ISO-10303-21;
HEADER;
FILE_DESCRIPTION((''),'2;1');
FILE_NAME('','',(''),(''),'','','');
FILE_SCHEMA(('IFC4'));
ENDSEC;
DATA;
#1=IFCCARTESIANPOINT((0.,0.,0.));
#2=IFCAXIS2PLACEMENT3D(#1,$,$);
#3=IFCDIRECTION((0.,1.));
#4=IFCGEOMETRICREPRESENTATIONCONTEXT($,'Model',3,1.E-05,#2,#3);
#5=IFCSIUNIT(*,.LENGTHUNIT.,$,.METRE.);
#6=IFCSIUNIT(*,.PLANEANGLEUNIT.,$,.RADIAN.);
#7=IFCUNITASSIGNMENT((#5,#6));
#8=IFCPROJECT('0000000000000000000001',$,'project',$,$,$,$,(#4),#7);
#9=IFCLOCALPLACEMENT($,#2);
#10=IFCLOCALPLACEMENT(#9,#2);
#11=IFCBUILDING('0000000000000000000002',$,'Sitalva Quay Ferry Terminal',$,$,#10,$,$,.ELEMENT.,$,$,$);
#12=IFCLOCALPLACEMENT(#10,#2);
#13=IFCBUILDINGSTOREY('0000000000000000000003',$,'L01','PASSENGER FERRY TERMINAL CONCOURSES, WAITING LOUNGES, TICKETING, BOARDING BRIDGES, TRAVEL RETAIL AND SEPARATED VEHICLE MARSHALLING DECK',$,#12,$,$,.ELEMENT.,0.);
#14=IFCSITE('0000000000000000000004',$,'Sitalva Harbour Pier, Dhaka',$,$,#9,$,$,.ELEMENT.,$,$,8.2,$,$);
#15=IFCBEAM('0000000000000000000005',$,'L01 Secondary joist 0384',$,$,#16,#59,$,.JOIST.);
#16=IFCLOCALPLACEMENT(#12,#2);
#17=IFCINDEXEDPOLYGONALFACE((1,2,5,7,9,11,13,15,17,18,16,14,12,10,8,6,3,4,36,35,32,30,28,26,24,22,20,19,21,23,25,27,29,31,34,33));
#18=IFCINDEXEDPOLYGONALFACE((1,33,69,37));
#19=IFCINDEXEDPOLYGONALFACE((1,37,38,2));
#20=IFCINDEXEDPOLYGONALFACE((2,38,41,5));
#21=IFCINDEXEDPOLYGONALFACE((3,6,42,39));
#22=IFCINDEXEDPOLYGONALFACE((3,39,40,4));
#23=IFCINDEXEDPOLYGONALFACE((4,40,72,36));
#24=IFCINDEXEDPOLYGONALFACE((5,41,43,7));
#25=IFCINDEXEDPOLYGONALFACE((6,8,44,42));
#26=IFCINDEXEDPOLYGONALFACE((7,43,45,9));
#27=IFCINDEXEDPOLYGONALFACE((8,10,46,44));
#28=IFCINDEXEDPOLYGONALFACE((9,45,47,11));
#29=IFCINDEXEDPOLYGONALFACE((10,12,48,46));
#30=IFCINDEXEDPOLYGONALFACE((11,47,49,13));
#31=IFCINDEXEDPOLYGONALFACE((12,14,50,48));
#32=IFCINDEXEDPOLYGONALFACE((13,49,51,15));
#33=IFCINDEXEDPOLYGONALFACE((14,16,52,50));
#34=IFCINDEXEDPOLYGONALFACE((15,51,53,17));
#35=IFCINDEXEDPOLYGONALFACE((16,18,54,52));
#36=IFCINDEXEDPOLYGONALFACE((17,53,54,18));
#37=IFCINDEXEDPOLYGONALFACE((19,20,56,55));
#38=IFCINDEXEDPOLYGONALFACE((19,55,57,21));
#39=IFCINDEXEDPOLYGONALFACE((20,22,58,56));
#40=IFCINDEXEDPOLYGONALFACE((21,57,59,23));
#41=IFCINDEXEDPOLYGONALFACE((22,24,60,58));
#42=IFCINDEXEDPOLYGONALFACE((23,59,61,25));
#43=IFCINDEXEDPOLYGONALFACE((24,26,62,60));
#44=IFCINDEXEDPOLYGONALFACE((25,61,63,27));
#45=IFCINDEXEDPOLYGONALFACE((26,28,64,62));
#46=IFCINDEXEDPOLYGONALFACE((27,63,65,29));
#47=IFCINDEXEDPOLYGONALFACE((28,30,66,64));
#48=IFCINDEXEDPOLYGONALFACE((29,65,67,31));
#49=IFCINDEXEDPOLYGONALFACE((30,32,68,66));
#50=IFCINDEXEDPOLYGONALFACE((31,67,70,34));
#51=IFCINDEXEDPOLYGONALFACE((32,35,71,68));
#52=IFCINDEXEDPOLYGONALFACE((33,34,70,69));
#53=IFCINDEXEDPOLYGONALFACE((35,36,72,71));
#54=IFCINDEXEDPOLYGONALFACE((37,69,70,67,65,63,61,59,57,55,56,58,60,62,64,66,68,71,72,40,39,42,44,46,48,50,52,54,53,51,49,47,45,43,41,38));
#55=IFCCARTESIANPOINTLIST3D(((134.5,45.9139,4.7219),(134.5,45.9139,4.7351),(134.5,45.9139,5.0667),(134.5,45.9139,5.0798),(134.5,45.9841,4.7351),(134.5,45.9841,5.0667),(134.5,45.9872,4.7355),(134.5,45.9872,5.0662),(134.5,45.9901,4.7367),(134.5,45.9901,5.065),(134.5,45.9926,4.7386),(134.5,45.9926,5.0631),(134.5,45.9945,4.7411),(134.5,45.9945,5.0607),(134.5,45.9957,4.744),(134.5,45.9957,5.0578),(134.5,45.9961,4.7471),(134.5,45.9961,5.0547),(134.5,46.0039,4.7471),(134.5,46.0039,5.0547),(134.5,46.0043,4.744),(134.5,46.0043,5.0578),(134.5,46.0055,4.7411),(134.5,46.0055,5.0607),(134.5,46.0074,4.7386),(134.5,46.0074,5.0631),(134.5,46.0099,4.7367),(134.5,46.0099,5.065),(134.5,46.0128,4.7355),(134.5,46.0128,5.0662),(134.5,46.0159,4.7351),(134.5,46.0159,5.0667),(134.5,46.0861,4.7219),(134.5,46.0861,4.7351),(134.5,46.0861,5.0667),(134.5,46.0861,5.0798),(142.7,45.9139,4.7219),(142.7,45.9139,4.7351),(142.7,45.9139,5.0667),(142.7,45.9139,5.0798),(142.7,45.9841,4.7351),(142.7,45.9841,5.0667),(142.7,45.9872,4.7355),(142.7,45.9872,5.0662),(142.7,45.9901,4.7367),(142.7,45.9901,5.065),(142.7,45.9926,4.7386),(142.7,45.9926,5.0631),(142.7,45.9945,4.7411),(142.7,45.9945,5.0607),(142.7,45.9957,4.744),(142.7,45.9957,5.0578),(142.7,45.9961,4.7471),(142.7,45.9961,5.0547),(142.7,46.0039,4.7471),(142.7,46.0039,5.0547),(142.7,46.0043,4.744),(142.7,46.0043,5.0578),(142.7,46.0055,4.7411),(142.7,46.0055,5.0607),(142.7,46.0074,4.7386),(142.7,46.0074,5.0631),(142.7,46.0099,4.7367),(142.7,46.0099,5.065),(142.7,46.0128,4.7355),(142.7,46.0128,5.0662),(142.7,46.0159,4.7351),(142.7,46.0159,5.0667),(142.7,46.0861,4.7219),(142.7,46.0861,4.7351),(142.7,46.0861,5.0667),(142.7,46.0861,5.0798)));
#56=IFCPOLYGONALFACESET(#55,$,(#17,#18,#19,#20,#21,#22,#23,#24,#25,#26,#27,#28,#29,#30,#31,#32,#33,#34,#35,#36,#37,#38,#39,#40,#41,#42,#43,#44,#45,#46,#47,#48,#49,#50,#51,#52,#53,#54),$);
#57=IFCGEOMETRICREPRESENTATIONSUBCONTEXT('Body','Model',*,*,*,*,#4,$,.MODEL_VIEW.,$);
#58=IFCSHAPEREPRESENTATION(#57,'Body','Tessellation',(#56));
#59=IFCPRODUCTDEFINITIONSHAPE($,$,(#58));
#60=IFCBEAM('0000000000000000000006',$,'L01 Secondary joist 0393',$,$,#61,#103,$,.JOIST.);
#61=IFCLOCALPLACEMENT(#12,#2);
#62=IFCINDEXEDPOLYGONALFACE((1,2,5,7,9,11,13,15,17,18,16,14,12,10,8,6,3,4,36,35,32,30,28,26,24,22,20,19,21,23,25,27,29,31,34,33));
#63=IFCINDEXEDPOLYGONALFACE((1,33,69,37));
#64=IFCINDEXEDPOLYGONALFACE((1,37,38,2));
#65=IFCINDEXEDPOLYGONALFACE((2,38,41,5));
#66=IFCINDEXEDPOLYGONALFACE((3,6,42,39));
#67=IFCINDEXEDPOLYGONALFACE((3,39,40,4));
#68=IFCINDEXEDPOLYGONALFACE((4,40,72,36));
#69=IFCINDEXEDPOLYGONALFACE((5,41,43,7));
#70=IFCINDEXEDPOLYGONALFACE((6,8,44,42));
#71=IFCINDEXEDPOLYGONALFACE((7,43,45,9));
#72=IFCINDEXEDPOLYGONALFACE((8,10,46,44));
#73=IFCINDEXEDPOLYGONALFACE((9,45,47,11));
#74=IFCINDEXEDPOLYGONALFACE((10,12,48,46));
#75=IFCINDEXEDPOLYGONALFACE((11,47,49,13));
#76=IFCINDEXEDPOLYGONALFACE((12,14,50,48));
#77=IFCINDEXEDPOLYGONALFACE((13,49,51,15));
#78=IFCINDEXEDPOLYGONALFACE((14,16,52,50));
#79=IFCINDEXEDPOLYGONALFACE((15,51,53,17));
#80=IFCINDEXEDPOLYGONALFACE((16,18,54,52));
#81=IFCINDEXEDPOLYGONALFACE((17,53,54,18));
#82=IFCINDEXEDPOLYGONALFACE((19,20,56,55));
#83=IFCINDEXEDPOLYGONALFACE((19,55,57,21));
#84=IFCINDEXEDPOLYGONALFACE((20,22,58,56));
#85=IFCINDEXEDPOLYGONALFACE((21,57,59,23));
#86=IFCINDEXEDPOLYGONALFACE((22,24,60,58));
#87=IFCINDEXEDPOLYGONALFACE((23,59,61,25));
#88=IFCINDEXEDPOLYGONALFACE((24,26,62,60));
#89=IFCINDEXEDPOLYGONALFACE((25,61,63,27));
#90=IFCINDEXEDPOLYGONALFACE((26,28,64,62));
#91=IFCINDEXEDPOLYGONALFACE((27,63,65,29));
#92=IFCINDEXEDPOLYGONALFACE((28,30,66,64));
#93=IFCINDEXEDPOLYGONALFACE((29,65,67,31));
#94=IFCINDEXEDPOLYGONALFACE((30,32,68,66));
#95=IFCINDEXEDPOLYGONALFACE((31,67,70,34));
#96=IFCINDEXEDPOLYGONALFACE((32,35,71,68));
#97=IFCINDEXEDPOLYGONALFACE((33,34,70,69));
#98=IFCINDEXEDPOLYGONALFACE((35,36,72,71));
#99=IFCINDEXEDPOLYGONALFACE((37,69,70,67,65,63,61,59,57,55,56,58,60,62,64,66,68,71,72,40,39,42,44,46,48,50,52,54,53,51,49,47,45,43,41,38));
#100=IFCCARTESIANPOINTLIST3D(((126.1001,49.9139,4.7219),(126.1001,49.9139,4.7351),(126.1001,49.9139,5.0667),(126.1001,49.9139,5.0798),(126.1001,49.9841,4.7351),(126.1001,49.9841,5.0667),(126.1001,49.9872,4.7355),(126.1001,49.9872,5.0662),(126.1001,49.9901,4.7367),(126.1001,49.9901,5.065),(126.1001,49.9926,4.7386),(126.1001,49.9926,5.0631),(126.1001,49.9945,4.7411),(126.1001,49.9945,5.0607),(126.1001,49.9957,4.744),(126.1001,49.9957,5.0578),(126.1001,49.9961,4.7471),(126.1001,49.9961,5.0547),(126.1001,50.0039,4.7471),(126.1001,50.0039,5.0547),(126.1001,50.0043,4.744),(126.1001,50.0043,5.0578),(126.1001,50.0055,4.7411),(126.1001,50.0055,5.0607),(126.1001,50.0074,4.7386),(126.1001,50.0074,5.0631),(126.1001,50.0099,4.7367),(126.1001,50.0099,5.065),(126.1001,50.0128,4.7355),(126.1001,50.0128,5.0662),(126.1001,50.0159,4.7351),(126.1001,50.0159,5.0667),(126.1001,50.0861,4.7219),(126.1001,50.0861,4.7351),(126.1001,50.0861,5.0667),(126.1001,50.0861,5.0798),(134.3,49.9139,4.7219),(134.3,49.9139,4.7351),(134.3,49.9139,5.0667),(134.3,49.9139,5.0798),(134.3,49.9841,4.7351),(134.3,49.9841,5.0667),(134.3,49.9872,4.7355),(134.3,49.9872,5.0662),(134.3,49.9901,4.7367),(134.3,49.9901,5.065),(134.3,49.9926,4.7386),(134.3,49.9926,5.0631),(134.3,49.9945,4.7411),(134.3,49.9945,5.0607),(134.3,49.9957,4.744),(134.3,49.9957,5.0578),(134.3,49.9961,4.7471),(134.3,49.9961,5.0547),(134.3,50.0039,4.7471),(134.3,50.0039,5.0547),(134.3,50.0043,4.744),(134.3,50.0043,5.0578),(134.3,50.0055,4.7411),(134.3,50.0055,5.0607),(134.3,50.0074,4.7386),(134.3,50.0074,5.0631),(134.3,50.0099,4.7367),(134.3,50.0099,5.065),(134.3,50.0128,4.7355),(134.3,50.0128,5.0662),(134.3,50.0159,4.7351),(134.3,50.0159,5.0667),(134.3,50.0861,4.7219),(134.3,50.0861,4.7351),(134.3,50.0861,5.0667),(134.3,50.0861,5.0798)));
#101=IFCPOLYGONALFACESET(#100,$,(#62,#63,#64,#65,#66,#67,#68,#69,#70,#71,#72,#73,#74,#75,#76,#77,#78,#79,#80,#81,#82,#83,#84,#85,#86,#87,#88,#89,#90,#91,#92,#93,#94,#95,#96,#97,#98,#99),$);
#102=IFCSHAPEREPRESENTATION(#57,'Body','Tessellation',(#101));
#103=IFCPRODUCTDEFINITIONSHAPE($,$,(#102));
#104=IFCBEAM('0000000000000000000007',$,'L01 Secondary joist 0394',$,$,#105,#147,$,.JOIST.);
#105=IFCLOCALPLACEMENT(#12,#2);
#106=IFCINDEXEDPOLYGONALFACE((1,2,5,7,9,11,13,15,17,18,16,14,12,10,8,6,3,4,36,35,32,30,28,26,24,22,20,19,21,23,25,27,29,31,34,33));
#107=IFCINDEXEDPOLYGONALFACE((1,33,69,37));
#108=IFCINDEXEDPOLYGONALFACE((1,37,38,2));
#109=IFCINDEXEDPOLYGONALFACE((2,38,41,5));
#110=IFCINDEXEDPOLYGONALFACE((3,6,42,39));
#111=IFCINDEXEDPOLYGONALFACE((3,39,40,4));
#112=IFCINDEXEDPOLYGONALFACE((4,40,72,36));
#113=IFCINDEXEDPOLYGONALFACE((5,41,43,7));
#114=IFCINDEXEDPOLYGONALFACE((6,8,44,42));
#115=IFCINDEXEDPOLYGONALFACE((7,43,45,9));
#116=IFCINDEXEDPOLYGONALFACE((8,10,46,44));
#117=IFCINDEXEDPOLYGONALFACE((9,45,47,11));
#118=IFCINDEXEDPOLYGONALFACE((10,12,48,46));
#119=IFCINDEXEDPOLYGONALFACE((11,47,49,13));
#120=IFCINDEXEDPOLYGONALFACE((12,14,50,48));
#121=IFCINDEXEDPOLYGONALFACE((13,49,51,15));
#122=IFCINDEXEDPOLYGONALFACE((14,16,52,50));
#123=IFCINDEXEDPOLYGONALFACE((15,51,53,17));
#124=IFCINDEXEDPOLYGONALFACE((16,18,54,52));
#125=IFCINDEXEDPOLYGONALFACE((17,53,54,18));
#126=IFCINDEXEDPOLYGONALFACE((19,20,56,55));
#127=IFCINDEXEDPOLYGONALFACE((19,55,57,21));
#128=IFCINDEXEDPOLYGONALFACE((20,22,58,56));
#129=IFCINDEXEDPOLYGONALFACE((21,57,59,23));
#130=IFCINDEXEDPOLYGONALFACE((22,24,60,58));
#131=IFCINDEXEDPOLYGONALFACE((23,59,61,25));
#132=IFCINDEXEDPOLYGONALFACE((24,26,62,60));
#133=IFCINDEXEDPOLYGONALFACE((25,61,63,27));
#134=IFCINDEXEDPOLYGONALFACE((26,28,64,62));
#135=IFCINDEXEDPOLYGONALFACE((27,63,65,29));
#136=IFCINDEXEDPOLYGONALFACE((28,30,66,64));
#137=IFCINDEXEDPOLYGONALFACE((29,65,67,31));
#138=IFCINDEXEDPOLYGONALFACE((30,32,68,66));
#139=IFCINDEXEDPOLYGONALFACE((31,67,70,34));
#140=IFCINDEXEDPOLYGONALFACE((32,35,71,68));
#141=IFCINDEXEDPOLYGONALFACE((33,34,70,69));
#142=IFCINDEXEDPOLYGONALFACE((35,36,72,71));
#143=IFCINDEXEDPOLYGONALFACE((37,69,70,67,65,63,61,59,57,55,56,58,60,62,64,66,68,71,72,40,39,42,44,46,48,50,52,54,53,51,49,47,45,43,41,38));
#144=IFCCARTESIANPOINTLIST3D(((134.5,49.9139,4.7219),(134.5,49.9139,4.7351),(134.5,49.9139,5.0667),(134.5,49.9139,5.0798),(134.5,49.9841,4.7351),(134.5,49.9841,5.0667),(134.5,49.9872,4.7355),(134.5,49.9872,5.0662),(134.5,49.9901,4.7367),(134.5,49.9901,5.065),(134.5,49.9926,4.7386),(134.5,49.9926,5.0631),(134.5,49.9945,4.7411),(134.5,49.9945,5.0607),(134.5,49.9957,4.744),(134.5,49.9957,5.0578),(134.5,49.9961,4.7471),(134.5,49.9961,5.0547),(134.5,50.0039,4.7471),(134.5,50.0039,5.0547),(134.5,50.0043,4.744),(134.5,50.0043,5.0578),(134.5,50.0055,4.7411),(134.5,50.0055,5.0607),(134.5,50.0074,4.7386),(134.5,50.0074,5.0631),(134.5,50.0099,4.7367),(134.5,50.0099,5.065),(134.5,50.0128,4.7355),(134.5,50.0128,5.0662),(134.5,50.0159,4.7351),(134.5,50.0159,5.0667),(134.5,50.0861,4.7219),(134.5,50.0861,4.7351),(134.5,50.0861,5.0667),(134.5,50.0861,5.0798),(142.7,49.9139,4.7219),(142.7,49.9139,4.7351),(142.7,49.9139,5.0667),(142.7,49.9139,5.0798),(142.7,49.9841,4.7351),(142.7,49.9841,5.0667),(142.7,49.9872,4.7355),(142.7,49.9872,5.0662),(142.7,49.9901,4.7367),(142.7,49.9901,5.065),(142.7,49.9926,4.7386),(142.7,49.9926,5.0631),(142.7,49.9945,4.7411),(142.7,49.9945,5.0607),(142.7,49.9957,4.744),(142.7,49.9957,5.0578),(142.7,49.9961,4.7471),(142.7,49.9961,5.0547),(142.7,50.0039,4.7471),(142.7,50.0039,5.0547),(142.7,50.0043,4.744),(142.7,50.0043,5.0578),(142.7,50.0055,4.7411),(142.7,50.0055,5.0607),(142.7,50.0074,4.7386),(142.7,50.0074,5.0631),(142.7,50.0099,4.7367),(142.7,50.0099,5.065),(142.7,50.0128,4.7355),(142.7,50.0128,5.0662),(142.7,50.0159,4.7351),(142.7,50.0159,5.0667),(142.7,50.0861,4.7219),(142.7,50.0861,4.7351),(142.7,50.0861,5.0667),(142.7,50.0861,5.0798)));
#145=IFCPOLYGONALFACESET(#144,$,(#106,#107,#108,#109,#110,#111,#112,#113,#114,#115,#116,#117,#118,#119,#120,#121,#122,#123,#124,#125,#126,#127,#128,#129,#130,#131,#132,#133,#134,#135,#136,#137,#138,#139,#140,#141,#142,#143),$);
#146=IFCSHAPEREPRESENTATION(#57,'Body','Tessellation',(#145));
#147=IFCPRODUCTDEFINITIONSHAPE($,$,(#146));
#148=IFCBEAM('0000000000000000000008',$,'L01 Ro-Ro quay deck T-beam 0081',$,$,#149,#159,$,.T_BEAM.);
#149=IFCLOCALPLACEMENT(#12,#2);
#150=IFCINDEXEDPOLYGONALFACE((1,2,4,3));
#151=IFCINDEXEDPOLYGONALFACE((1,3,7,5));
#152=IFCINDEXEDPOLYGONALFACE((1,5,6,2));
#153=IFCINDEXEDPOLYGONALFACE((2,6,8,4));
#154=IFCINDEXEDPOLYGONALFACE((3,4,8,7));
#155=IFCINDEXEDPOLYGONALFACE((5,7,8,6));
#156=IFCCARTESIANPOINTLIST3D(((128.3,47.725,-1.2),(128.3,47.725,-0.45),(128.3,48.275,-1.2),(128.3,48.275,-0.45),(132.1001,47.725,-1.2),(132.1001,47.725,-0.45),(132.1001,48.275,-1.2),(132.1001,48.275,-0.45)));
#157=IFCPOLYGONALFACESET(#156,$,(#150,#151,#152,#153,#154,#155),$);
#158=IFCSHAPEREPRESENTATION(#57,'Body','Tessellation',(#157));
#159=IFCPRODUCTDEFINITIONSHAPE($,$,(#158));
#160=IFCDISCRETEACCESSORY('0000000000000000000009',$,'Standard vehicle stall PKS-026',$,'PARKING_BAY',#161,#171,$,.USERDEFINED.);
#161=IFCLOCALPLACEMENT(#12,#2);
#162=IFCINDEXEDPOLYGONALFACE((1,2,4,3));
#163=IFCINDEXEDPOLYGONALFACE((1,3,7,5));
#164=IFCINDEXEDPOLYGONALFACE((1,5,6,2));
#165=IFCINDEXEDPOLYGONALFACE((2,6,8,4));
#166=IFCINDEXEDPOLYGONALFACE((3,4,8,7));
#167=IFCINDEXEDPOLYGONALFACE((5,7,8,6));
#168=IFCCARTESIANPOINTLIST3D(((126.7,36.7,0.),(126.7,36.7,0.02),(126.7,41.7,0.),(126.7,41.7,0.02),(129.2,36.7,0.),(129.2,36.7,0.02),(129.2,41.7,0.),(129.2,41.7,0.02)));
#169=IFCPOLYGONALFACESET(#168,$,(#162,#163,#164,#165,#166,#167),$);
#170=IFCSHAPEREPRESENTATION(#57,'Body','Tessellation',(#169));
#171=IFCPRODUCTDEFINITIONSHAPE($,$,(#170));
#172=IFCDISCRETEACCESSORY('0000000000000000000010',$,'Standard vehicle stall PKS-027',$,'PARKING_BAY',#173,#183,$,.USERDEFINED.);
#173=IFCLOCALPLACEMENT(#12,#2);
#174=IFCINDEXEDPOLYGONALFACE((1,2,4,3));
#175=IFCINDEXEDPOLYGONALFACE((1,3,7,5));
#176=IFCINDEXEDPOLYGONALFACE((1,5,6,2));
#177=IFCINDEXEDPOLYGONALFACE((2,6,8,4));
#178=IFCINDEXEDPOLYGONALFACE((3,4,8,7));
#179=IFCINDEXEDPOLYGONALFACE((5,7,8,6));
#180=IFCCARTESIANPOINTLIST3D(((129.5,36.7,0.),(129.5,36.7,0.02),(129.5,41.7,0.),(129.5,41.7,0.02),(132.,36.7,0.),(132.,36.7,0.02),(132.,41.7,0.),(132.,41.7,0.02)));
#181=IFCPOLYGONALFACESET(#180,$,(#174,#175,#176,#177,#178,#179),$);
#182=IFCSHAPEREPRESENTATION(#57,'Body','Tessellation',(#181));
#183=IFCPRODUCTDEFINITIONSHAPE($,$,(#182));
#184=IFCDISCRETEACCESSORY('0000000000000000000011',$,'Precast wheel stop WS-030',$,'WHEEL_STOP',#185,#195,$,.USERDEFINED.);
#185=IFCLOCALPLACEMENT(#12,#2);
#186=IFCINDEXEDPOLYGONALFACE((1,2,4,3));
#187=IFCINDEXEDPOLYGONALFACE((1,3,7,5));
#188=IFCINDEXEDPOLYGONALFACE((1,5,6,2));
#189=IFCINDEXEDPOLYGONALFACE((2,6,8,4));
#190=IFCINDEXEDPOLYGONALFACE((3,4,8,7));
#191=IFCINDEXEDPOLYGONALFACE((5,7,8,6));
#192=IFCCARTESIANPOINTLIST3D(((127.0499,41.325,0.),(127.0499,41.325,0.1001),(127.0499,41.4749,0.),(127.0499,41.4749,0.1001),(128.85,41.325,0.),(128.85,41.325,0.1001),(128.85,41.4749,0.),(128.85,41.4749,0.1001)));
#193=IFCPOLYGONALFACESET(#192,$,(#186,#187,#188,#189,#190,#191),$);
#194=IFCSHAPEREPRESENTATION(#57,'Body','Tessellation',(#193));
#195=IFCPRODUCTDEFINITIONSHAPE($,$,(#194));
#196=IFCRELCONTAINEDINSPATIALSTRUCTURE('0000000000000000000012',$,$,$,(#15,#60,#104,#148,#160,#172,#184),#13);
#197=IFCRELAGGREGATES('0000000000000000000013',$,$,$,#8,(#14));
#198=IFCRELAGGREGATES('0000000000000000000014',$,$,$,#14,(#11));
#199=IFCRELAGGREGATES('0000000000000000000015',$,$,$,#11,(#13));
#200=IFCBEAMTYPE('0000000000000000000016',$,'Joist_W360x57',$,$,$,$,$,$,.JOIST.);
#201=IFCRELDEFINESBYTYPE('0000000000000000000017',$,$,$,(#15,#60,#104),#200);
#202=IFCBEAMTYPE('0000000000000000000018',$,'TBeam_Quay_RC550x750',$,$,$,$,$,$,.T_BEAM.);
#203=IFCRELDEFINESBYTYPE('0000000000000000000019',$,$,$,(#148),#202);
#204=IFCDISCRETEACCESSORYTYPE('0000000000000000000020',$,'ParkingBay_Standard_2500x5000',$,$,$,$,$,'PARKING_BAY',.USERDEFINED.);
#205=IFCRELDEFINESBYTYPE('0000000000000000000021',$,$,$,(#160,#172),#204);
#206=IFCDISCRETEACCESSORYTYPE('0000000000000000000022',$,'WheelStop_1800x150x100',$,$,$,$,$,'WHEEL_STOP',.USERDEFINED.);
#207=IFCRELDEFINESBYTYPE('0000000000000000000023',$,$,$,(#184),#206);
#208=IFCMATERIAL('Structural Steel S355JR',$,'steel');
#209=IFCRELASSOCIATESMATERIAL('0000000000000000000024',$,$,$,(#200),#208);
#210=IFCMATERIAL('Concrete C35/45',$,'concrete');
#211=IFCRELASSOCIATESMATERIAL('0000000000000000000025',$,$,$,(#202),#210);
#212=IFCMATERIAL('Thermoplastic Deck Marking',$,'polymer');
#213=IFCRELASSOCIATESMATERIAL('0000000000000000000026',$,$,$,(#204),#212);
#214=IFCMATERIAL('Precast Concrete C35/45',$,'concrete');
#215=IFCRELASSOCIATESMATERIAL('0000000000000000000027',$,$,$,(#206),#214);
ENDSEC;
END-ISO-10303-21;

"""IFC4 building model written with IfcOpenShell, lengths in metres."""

from ifc_helpers import new_model, si_unit, direction, frame, origin, origin_2d, place, context, subcontext, project, spatial, rectangle, i_section, extrude, material, material_profile, profile_set, type_object, element, save


model = new_model("IFC4")

# Units and contexts
model_context = context("Model", 3, precision=1e-05, world=origin(), true_north=direction((0.0, 1.0)))
body_context = subcontext(model_context, "Body", "Model", "MODEL_VIEW")
ifc_project = project(units=[si_unit("LENGTHUNIT", "METRE"), si_unit("PLANEANGLEUNIT", "RADIAN")], contexts=[model_context])

# Site, building, storey
site_placement = place(None, origin())
site = spatial("IfcSite", under=ifc_project, at=site_placement, Name="Sitalva Harbour Pier, Dhaka", CompositionType="ELEMENT", RefElevation=8.2)
building_placement = place(site_placement, origin())
building = spatial("IfcBuilding", under=site, at=building_placement, Name="Sitalva Quay Ferry Terminal", CompositionType="ELEMENT")
storey_placement = place(building_placement, origin())
storey = spatial("IfcBuildingStorey", under=building, at=storey_placement, Name="L01", Description="PASSENGER FERRY TERMINAL CONCOURSES, WAITING LOUNGES, TICKETING, BOARDING BRIDGES, TRAVEL RETAIL AND SEPARATED VEHICLE MARSHALLING DECK", CompositionType="ELEMENT", Elevation=0.0)

# Beams
ifc_material_1 = material(Name="Structural Steel S355JR", Category="steel")
ifc_material_profile_1 = material_profile(ifc_material_1, i_section(OverallWidth=0.1721, OverallDepth=0.3579, WebThickness=0.0078, FlangeThickness=0.0132, FilletRadius=0.012, at=origin_2d()), Name="W360x57")
ifc_profile_set_1 = profile_set([ifc_material_profile_1], Name="Structural Steel S355JR")
beam_type_1 = type_object("IfcBeamType", Name="Joist_W360x57", PredefinedType="JOIST", material=ifc_profile_set_1)
for number, where, z_axis, x_axis, name in (
    (1, (134.5, 46.0, 4.9009), (1.0, 0.0, 0.0), (0.0, 1.0, 0.0), "L01 Secondary joist 0384"),
    (2, (126.1001, 50.0, 4.9009), (1.0, 0.0, 0.0), (0.0, 1.0, 0.0), "L01 Secondary joist 0393"),
    (3, (134.5, 50.0, 4.9009), (1.0, 0.0, 0.0), (0.0, 1.0, 0.0), "L01 Secondary joist 0394"),
):
    element("IfcBeam", number, at=place(storey_placement, frame(where, z_axis=z_axis, x_axis=x_axis)), inside=storey, type_object=beam_type_1, Name=name, PredefinedType="JOIST", context=body_context, shape_type="SweptSolid", body=[
        extrude(i_section(OverallWidth=0.1721, OverallDepth=0.3579, WebThickness=0.0078, FlangeThickness=0.0132, FilletRadius=0.012, at=origin_2d()), origin(), (0.0, 0.0, 1.0), 8.2),
    ])
ifc_material_2 = material(Name="Concrete C35/45", Category="concrete")
ifc_material_profile_2 = material_profile(ifc_material_2, rectangle(XDim=0.55, YDim=0.75, at=origin_2d()), Name="RC550x750")
ifc_profile_set_2 = profile_set([ifc_material_profile_2], Name="Concrete C35/45")
beam_type_2 = type_object("IfcBeamType", Name="TBeam_Quay_RC550x750", PredefinedType="T_BEAM", material=ifc_profile_set_2)
beam_1_placement = place(storey_placement, frame((128.3, 48.0, -0.825), z_axis=(1.0, 0.0, 0.0), x_axis=(0.0, 1.0, 0.0)))
element("IfcBeam", 4, at=beam_1_placement, inside=storey, type_object=beam_type_2, Name="L01 Ro-Ro quay deck T-beam 0081", PredefinedType="T_BEAM", context=body_context, shape_type="SweptSolid", body=[
    extrude(rectangle(XDim=0.55, YDim=0.75, at=origin_2d()), origin(), (0.0, 0.0, 1.0), 3.8),
])

# Discrete accessories
ifc_material_3 = material(Name="Thermoplastic Deck Marking", Category="polymer")
discrete_accessory_type_1 = type_object("IfcDiscreteAccessoryType", Name="ParkingBay_Standard_2500x5000", ElementType="PARKING_BAY", PredefinedType="USERDEFINED", material=ifc_material_3)
for number, where, z_axis, x_axis, name in (
    (5, (127.95, 39.2, 0.0), (0.0, 0.0, 1.0), (1.0, 0.0, 0.0), "Standard vehicle stall PKS-026"),
    (6, (130.75, 39.2, 0.0), (0.0, 0.0, 1.0), (1.0, 0.0, 0.0), "Standard vehicle stall PKS-027"),
):
    element("IfcDiscreteAccessory", number, at=place(storey_placement, frame(where, z_axis=z_axis, x_axis=x_axis)), inside=storey, type_object=discrete_accessory_type_1, Name=name, ObjectType="PARKING_BAY", PredefinedType="USERDEFINED", context=body_context, shape_type="SweptSolid", body=[
        extrude(rectangle(XDim=2.5, YDim=5.0, at=origin_2d()), origin(), (0.0, 0.0, 1.0), 0.02),
    ])
ifc_material_4 = material(Name="Precast Concrete C35/45", Category="concrete")
discrete_accessory_type_2 = type_object("IfcDiscreteAccessoryType", Name="WheelStop_1800x150x100", ElementType="WHEEL_STOP", PredefinedType="USERDEFINED", material=ifc_material_4)
for number, where, z_axis, x_axis, name in (
    (7, (127.95, 41.3999, 0.0), (0.0, 0.0, 1.0), (1.0, 0.0, 0.0), "Precast wheel stop WS-030"),
):
    element("IfcDiscreteAccessory", number, at=place(storey_placement, frame(where, z_axis=z_axis, x_axis=x_axis)), inside=storey, type_object=discrete_accessory_type_2, Name=name, ObjectType="WHEEL_STOP", PredefinedType="USERDEFINED", context=body_context, shape_type="SweptSolid", body=[
        extrude(rectangle(XDim=1.8, YDim=0.1499, at=origin_2d()), origin(), (0.0, 0.0, 1.0), 0.1001),
    ])

save(model, "model.ifc")
